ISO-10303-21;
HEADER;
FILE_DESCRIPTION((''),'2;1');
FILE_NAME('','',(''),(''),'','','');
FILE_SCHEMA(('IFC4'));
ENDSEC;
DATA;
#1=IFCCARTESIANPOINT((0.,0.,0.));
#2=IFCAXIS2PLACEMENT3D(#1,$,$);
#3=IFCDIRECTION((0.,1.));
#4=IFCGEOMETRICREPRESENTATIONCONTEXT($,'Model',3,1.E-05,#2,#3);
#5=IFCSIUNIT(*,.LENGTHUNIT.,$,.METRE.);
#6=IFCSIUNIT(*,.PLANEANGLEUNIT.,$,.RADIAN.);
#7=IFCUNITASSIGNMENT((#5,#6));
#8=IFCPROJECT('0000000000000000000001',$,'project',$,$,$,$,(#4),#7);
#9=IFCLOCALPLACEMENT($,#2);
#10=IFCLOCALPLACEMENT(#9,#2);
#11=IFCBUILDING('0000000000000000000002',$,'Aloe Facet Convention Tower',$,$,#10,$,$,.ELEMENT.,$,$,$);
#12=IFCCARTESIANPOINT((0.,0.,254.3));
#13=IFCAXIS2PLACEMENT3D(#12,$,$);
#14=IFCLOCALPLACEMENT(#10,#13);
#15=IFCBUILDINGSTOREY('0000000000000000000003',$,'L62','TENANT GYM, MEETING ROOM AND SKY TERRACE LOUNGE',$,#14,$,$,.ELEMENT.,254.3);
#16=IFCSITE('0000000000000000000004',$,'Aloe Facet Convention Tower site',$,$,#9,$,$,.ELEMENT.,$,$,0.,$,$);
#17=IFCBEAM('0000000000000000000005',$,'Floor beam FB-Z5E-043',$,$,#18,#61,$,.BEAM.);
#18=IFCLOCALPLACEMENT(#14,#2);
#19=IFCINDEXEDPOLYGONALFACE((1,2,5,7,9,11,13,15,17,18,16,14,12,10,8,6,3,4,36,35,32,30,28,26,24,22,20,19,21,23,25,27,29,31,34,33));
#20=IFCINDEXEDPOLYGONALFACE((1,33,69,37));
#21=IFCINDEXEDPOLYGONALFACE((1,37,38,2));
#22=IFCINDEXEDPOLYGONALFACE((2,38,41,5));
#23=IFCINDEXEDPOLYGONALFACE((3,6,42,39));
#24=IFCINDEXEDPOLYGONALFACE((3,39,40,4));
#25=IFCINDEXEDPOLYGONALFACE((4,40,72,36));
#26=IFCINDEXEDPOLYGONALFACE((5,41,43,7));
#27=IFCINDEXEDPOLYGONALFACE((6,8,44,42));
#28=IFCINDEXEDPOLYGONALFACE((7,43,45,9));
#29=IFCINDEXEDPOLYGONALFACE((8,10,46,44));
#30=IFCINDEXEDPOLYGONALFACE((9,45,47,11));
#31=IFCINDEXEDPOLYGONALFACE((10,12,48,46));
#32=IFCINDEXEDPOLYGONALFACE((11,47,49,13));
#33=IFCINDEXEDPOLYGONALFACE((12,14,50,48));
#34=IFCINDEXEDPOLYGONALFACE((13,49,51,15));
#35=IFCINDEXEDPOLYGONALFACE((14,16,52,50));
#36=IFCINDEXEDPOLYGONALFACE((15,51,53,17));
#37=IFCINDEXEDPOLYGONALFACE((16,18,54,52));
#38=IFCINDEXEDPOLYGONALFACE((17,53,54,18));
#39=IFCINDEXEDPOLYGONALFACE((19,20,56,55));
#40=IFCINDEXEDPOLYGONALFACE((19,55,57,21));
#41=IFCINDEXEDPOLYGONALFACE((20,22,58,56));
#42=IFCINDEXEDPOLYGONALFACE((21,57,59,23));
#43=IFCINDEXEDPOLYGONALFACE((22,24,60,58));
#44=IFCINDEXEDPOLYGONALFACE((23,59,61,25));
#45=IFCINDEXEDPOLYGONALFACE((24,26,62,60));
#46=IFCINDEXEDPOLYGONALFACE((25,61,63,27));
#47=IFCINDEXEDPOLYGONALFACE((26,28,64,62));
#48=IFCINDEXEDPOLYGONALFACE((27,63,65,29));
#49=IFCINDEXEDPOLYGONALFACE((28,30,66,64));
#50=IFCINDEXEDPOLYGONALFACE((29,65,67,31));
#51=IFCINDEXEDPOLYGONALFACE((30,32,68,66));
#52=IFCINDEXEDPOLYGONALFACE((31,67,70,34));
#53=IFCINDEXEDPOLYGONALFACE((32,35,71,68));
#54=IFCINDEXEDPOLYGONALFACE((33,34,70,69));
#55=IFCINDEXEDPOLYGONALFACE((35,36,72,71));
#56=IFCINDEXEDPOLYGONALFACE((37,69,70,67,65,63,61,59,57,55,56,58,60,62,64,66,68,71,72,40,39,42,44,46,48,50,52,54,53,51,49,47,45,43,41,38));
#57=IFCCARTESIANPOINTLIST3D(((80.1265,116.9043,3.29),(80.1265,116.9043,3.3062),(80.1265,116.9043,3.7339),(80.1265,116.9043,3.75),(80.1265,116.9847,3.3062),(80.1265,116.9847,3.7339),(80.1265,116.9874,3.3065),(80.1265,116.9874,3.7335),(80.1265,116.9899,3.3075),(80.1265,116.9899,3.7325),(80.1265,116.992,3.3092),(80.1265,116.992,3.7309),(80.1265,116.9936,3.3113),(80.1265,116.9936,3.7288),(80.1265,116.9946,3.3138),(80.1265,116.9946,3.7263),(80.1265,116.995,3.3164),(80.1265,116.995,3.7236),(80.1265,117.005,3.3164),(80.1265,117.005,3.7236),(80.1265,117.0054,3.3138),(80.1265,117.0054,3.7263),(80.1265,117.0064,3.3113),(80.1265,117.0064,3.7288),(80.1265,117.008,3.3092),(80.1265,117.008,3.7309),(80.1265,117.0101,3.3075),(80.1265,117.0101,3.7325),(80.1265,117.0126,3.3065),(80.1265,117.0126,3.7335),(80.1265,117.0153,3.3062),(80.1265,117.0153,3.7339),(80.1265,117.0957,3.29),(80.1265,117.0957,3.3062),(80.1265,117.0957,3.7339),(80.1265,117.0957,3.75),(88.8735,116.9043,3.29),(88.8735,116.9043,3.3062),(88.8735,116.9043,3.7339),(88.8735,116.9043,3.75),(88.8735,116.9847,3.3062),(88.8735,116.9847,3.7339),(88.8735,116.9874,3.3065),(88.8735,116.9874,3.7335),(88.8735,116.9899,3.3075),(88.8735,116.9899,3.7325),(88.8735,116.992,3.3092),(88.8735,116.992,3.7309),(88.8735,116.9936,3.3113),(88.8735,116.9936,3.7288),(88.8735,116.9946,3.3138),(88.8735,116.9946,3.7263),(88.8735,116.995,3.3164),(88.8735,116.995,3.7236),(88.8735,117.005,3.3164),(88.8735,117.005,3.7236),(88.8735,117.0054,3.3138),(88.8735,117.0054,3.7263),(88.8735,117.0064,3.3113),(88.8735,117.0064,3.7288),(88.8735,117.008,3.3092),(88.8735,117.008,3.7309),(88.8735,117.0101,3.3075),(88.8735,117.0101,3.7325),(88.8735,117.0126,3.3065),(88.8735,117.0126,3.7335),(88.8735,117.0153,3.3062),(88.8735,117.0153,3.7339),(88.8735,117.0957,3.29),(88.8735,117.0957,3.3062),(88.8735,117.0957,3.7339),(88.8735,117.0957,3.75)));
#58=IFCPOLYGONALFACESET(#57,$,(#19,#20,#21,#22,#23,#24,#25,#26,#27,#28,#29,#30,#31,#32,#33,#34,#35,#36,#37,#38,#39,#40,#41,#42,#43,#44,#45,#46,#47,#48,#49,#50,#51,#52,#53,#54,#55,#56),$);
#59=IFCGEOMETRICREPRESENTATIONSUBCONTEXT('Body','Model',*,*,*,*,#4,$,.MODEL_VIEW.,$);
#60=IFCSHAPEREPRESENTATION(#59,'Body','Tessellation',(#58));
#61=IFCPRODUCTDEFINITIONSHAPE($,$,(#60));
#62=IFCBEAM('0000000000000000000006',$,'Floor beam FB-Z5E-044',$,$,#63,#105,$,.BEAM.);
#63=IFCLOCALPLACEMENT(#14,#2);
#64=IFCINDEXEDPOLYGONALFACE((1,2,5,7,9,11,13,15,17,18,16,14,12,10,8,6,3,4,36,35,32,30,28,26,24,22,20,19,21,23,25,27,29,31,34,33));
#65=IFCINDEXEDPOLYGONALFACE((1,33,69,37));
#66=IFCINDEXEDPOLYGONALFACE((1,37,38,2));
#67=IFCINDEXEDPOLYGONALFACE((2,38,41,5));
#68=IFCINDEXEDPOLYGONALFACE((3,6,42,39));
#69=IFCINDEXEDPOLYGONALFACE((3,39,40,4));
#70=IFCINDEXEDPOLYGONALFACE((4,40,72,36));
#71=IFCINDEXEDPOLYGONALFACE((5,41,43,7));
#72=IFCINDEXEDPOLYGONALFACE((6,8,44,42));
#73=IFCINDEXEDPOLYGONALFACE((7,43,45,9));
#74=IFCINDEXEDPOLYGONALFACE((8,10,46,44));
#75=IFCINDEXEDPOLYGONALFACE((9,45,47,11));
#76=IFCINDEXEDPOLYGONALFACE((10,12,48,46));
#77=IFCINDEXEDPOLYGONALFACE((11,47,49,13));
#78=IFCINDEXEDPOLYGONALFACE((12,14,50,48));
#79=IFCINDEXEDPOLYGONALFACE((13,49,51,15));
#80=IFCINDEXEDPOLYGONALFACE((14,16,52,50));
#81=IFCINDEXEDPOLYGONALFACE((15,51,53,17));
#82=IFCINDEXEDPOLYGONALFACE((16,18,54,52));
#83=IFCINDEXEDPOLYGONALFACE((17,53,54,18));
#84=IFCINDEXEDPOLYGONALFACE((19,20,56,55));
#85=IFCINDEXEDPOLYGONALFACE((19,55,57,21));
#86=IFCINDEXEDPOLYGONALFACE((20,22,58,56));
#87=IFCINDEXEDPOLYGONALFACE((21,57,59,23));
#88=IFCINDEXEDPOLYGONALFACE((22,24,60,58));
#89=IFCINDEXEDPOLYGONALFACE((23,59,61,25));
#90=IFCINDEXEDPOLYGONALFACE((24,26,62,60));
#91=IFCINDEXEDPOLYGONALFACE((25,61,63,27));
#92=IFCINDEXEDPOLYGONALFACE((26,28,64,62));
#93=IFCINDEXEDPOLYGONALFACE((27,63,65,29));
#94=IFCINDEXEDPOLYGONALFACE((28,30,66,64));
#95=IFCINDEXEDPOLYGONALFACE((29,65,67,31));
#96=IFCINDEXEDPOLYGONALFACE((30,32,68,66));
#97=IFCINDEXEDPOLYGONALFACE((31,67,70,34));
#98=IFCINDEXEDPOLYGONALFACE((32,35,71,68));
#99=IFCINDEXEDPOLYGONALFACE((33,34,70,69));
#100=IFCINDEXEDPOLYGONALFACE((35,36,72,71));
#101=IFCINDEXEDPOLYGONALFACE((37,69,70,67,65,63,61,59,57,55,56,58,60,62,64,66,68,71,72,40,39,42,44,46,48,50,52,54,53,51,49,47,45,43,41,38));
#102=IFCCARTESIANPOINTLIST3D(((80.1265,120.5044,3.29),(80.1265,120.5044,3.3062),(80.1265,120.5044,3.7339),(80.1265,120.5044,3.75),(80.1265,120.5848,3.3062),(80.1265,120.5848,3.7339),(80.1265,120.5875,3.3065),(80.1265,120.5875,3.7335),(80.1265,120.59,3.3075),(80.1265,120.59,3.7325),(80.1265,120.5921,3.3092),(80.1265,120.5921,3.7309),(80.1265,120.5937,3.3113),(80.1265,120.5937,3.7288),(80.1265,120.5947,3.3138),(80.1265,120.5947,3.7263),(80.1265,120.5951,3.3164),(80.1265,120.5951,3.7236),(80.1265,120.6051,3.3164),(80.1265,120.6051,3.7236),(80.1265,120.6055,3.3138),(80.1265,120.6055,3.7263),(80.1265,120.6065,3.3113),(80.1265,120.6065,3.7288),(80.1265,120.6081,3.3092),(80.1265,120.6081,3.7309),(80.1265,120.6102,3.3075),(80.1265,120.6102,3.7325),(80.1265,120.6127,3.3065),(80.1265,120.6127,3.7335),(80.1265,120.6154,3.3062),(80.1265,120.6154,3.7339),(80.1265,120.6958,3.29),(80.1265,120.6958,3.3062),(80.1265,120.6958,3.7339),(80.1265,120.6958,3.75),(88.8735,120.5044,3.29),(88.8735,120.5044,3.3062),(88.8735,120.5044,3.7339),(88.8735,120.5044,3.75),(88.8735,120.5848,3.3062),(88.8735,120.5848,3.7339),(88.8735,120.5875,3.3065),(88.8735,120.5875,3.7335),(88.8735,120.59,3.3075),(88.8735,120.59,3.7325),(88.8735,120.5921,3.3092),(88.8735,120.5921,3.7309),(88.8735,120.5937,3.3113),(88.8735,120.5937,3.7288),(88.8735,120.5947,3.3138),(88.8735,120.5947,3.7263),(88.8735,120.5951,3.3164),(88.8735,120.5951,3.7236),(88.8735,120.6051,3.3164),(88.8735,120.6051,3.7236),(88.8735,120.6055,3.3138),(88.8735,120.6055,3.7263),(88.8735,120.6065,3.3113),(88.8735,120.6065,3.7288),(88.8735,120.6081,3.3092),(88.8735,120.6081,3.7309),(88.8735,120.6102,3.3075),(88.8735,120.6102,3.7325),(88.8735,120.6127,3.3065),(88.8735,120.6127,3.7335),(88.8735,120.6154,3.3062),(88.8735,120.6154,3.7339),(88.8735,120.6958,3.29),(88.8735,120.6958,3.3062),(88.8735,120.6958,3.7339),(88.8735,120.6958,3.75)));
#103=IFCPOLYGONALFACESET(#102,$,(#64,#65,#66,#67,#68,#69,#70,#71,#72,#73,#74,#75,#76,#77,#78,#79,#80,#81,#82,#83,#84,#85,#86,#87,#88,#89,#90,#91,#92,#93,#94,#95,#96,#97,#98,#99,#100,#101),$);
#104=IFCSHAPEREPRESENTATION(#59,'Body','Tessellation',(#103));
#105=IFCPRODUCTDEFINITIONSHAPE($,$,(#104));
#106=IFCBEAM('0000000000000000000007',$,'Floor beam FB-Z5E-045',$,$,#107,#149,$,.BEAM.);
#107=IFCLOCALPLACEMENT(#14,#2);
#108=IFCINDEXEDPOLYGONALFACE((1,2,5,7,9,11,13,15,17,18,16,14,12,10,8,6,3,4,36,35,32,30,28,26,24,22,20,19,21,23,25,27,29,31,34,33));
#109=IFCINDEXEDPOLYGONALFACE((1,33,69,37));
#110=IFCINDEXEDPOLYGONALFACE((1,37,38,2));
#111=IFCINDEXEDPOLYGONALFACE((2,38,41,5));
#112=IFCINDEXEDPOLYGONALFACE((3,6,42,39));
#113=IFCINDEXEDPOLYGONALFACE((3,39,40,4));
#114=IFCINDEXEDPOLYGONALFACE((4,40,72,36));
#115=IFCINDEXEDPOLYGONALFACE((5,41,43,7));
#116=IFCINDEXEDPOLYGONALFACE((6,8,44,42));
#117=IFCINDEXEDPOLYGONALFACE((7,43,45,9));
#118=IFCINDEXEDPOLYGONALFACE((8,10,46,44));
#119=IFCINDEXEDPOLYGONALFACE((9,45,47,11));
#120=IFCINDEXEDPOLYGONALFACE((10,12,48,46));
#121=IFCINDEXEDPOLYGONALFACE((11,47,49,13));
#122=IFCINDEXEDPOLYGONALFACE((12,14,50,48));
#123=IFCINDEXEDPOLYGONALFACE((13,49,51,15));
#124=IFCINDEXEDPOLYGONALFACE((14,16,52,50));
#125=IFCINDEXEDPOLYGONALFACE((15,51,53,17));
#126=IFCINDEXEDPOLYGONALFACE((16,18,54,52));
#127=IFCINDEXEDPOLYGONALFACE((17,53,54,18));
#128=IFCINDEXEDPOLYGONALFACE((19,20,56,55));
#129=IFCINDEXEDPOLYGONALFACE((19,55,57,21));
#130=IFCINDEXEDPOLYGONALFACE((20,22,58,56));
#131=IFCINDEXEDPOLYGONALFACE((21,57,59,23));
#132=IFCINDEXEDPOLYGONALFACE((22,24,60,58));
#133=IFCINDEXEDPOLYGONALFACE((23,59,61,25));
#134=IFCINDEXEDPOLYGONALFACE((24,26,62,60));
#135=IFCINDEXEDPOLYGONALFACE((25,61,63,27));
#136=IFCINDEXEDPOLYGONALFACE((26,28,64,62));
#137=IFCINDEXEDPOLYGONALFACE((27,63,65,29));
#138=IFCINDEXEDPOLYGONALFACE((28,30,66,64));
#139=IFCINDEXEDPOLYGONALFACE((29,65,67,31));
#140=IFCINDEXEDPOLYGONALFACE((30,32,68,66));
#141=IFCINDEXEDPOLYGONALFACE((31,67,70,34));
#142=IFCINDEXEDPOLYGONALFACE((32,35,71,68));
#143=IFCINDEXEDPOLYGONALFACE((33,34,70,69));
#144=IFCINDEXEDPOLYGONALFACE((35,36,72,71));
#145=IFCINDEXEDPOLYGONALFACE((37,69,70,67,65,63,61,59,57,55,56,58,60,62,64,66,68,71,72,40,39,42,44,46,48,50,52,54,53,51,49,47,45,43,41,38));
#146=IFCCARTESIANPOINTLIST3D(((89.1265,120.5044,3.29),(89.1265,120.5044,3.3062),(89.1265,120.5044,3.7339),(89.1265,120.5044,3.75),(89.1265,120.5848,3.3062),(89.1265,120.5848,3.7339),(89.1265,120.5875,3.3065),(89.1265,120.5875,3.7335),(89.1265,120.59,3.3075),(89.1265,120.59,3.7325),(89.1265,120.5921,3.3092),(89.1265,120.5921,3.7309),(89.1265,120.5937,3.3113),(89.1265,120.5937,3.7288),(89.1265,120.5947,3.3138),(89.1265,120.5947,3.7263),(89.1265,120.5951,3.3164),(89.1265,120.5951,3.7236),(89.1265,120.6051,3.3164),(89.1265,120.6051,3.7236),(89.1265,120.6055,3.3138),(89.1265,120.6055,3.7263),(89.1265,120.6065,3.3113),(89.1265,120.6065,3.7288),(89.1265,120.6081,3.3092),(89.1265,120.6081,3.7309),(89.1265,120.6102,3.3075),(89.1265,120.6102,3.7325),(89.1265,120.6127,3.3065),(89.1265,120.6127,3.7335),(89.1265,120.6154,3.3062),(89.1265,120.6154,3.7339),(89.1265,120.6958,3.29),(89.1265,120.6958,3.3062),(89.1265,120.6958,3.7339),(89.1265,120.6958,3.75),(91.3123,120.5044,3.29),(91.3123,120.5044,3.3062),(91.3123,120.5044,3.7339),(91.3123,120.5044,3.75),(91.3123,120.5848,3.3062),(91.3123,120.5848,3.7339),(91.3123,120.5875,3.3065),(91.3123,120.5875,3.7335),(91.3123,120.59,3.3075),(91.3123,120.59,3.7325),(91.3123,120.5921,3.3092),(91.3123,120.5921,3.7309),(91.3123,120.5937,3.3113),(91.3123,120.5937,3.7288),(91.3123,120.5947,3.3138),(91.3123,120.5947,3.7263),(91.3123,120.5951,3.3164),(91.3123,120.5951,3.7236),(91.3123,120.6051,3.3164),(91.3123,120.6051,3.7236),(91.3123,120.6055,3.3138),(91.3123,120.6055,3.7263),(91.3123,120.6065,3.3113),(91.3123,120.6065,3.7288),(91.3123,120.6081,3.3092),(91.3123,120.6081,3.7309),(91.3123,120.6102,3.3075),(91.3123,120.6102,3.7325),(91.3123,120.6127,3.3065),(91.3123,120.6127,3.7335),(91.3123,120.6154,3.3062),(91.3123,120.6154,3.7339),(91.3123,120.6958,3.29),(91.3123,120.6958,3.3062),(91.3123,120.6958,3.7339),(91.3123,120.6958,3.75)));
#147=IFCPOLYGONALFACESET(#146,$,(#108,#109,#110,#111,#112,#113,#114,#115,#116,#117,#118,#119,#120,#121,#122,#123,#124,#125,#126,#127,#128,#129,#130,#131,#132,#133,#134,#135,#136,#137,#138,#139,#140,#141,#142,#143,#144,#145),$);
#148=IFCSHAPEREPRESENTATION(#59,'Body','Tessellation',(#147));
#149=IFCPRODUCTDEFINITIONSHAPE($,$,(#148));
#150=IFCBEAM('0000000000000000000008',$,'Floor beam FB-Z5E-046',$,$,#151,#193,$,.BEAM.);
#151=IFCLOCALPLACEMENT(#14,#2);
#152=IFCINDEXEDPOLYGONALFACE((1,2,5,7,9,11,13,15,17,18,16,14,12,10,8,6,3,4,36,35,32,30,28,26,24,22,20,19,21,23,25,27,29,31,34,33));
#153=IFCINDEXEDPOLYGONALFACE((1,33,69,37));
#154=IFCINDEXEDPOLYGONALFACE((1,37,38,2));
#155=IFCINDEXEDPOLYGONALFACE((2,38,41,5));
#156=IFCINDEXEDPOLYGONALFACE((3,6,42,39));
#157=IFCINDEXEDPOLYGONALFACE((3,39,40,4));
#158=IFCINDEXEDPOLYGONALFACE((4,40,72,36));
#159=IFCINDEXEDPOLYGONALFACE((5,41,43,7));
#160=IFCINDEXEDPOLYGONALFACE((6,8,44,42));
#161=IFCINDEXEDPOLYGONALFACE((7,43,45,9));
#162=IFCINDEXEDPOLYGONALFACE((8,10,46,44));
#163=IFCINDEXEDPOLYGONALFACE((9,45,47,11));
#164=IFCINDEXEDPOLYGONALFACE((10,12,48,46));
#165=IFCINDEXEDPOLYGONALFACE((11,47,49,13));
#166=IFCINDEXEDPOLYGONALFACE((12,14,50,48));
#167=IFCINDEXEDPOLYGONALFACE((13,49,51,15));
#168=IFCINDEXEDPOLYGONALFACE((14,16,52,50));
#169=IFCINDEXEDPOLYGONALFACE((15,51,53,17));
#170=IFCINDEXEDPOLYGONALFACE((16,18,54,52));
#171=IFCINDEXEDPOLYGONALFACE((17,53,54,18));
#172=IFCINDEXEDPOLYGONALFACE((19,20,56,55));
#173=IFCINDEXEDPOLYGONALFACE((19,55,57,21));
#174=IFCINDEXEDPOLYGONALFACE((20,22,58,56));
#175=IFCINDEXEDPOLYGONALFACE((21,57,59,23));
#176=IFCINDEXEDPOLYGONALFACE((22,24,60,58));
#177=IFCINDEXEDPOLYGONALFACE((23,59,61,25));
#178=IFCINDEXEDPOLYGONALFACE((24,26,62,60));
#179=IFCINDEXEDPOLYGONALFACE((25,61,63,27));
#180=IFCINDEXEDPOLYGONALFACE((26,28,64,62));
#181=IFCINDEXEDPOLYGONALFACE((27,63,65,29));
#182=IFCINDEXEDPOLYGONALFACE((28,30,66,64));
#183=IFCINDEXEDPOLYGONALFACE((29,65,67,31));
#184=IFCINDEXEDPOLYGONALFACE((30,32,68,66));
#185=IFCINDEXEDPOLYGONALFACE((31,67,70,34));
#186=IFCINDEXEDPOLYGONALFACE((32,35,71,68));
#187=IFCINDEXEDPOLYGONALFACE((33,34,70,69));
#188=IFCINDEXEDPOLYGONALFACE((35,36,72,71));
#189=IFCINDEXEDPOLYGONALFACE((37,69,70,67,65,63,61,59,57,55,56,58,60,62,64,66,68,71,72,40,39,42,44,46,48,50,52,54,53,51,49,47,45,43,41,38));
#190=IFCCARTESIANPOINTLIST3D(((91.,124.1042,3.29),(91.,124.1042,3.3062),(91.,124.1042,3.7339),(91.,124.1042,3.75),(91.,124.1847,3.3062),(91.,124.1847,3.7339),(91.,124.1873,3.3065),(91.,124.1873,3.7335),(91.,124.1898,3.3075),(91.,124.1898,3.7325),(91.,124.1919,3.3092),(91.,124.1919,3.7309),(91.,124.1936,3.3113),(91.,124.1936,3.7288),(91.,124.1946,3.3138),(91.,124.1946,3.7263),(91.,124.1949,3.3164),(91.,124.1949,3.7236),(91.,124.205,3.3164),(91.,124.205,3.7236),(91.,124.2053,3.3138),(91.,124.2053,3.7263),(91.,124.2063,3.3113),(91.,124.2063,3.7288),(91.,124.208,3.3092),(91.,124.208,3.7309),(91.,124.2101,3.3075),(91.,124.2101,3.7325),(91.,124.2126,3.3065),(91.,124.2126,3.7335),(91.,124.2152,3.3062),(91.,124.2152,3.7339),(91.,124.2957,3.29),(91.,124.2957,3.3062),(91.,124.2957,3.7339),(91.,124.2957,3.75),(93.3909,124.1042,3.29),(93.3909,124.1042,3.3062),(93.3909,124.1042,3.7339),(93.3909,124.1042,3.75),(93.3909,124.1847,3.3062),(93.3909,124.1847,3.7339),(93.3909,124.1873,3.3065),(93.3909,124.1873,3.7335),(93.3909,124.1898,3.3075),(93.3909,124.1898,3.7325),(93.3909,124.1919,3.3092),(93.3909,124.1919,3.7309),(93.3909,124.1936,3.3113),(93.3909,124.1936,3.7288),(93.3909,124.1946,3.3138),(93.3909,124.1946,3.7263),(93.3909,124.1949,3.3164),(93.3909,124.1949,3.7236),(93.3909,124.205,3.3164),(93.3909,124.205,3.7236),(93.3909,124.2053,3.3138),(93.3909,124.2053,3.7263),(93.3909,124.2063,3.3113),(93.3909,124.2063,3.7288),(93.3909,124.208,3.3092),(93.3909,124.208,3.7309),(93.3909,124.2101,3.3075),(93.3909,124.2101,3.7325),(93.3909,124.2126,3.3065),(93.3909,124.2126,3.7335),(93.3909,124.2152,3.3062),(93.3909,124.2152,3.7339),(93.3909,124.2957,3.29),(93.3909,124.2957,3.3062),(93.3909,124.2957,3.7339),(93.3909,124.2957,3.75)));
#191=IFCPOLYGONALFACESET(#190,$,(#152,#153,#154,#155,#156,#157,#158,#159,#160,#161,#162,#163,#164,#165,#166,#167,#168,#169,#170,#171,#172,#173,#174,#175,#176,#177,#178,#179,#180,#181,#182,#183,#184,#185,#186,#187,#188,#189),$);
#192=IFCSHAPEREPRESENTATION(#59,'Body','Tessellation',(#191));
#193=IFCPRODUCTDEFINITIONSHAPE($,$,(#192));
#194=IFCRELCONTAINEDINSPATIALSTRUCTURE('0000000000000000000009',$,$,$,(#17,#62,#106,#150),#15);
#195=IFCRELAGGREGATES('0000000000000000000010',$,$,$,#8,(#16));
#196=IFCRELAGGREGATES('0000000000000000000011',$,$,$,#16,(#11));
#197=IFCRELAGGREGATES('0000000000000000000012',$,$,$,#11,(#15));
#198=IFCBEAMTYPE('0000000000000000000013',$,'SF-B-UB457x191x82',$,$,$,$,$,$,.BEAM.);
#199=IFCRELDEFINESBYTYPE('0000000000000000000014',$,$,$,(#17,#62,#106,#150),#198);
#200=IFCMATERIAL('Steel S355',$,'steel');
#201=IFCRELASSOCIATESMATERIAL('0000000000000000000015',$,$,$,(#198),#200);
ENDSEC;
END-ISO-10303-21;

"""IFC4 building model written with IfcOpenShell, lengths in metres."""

from ifc_helpers import new_model, si_unit, direction, frame, origin, origin_2d, place, context, subcontext, project, spatial, i_section, extrude, material, material_profile, profile_set, type_object, element, save


model = new_model("IFC4")

# Units and contexts
model_context = context("Model", 3, precision=1e-05, world=origin(), true_north=direction((0.0, 1.0)))
body_context = subcontext(model_context, "Body", "Model", "MODEL_VIEW")
ifc_project = project(units=[si_unit("LENGTHUNIT", "METRE"), si_unit("PLANEANGLEUNIT", "RADIAN")], contexts=[model_context])

# Site, building, storey
site_placement = place(None, origin())
site = spatial("IfcSite", under=ifc_project, at=site_placement, Name="Aloe Facet Convention Tower site", CompositionType="ELEMENT", RefElevation=0.0)
building_placement = place(site_placement, origin())
building = spatial("IfcBuilding", under=site, at=building_placement, Name="Aloe Facet Convention Tower", CompositionType="ELEMENT")
storey_placement = place(building_placement, frame((0.0, 0.0, 254.3)))
storey = spatial("IfcBuildingStorey", under=building, at=storey_placement, Name="L62", Description="TENANT GYM, MEETING ROOM AND SKY TERRACE LOUNGE", CompositionType="ELEMENT", Elevation=254.3)

# Beams
ifc_material_1 = material(Name="Steel S355", Category="steel")
ifc_material_profile_1 = material_profile(ifc_material_1, i_section(OverallWidth=0.1914, OverallDepth=0.46, WebThickness=0.01, FlangeThickness=0.0161, FilletRadius=0.0103, at=origin_2d()), Name="UB 457x191x82")
ifc_profile_set_1 = profile_set([ifc_material_profile_1], Name="Steel S355")
beam_type_1 = type_object("IfcBeamType", Name="SF-B-UB457x191x82", PredefinedType="BEAM", material=ifc_profile_set_1)
for number, where, z_axis, x_axis, name in (
    (1, (80.1265, 117.0, 3.52), (1.0, 0.0, 0.0), (0.0, 1.0, 0.0), "Floor beam FB-Z5E-043"),
    (2, (80.1265, 120.6001, 3.52), (1.0, 0.0, 0.0), (0.0, 1.0, 0.0), "Floor beam FB-Z5E-044"),
):
    element("IfcBeam", number, at=place(storey_placement, frame(where, z_axis=z_axis, x_axis=x_axis)), inside=storey, type_object=beam_type_1, Name=name, PredefinedType="BEAM", context=body_context, shape_type="SweptSolid", body=[
        extrude(i_section(OverallWidth=0.1914, OverallDepth=0.46, WebThickness=0.01, FlangeThickness=0.0161, FilletRadius=0.0103, at=origin_2d()), origin(), (0.0, 0.0, 1.0), 8.7471),
    ])
beam_1_placement = place(storey_placement, frame((89.1265, 120.6001, 3.52), z_axis=(1.0, 0.0, 0.0), x_axis=(0.0, 1.0, 0.0)))
element("IfcBeam", 3, at=beam_1_placement, inside=storey, type_object=beam_type_1, Name="Floor beam FB-Z5E-045", PredefinedType="BEAM", context=body_context, shape_type="SweptSolid", body=[
    extrude(i_section(OverallWidth=0.1914, OverallDepth=0.46, WebThickness=0.01, FlangeThickness=0.0161, FilletRadius=0.0103, at=origin_2d()), origin(), (0.0, 0.0, 1.0), 2.1858),
])
beam_2_placement = place(storey_placement, frame((91.0, 124.2, 3.52), z_axis=(1.0, 0.0, 0.0), x_axis=(0.0, 1.0, 0.0)))
element("IfcBeam", 4, at=beam_2_placement, inside=storey, type_object=beam_type_1, Name="Floor beam FB-Z5E-046", PredefinedType="BEAM", context=body_context, shape_type="SweptSolid", body=[
    extrude(i_section(OverallWidth=0.1914, OverallDepth=0.46, WebThickness=0.01, FlangeThickness=0.0161, FilletRadius=0.0103, at=origin_2d()), origin(), (0.0, 0.0, 1.0), 2.3909),
])

save(model, "model.ifc")
